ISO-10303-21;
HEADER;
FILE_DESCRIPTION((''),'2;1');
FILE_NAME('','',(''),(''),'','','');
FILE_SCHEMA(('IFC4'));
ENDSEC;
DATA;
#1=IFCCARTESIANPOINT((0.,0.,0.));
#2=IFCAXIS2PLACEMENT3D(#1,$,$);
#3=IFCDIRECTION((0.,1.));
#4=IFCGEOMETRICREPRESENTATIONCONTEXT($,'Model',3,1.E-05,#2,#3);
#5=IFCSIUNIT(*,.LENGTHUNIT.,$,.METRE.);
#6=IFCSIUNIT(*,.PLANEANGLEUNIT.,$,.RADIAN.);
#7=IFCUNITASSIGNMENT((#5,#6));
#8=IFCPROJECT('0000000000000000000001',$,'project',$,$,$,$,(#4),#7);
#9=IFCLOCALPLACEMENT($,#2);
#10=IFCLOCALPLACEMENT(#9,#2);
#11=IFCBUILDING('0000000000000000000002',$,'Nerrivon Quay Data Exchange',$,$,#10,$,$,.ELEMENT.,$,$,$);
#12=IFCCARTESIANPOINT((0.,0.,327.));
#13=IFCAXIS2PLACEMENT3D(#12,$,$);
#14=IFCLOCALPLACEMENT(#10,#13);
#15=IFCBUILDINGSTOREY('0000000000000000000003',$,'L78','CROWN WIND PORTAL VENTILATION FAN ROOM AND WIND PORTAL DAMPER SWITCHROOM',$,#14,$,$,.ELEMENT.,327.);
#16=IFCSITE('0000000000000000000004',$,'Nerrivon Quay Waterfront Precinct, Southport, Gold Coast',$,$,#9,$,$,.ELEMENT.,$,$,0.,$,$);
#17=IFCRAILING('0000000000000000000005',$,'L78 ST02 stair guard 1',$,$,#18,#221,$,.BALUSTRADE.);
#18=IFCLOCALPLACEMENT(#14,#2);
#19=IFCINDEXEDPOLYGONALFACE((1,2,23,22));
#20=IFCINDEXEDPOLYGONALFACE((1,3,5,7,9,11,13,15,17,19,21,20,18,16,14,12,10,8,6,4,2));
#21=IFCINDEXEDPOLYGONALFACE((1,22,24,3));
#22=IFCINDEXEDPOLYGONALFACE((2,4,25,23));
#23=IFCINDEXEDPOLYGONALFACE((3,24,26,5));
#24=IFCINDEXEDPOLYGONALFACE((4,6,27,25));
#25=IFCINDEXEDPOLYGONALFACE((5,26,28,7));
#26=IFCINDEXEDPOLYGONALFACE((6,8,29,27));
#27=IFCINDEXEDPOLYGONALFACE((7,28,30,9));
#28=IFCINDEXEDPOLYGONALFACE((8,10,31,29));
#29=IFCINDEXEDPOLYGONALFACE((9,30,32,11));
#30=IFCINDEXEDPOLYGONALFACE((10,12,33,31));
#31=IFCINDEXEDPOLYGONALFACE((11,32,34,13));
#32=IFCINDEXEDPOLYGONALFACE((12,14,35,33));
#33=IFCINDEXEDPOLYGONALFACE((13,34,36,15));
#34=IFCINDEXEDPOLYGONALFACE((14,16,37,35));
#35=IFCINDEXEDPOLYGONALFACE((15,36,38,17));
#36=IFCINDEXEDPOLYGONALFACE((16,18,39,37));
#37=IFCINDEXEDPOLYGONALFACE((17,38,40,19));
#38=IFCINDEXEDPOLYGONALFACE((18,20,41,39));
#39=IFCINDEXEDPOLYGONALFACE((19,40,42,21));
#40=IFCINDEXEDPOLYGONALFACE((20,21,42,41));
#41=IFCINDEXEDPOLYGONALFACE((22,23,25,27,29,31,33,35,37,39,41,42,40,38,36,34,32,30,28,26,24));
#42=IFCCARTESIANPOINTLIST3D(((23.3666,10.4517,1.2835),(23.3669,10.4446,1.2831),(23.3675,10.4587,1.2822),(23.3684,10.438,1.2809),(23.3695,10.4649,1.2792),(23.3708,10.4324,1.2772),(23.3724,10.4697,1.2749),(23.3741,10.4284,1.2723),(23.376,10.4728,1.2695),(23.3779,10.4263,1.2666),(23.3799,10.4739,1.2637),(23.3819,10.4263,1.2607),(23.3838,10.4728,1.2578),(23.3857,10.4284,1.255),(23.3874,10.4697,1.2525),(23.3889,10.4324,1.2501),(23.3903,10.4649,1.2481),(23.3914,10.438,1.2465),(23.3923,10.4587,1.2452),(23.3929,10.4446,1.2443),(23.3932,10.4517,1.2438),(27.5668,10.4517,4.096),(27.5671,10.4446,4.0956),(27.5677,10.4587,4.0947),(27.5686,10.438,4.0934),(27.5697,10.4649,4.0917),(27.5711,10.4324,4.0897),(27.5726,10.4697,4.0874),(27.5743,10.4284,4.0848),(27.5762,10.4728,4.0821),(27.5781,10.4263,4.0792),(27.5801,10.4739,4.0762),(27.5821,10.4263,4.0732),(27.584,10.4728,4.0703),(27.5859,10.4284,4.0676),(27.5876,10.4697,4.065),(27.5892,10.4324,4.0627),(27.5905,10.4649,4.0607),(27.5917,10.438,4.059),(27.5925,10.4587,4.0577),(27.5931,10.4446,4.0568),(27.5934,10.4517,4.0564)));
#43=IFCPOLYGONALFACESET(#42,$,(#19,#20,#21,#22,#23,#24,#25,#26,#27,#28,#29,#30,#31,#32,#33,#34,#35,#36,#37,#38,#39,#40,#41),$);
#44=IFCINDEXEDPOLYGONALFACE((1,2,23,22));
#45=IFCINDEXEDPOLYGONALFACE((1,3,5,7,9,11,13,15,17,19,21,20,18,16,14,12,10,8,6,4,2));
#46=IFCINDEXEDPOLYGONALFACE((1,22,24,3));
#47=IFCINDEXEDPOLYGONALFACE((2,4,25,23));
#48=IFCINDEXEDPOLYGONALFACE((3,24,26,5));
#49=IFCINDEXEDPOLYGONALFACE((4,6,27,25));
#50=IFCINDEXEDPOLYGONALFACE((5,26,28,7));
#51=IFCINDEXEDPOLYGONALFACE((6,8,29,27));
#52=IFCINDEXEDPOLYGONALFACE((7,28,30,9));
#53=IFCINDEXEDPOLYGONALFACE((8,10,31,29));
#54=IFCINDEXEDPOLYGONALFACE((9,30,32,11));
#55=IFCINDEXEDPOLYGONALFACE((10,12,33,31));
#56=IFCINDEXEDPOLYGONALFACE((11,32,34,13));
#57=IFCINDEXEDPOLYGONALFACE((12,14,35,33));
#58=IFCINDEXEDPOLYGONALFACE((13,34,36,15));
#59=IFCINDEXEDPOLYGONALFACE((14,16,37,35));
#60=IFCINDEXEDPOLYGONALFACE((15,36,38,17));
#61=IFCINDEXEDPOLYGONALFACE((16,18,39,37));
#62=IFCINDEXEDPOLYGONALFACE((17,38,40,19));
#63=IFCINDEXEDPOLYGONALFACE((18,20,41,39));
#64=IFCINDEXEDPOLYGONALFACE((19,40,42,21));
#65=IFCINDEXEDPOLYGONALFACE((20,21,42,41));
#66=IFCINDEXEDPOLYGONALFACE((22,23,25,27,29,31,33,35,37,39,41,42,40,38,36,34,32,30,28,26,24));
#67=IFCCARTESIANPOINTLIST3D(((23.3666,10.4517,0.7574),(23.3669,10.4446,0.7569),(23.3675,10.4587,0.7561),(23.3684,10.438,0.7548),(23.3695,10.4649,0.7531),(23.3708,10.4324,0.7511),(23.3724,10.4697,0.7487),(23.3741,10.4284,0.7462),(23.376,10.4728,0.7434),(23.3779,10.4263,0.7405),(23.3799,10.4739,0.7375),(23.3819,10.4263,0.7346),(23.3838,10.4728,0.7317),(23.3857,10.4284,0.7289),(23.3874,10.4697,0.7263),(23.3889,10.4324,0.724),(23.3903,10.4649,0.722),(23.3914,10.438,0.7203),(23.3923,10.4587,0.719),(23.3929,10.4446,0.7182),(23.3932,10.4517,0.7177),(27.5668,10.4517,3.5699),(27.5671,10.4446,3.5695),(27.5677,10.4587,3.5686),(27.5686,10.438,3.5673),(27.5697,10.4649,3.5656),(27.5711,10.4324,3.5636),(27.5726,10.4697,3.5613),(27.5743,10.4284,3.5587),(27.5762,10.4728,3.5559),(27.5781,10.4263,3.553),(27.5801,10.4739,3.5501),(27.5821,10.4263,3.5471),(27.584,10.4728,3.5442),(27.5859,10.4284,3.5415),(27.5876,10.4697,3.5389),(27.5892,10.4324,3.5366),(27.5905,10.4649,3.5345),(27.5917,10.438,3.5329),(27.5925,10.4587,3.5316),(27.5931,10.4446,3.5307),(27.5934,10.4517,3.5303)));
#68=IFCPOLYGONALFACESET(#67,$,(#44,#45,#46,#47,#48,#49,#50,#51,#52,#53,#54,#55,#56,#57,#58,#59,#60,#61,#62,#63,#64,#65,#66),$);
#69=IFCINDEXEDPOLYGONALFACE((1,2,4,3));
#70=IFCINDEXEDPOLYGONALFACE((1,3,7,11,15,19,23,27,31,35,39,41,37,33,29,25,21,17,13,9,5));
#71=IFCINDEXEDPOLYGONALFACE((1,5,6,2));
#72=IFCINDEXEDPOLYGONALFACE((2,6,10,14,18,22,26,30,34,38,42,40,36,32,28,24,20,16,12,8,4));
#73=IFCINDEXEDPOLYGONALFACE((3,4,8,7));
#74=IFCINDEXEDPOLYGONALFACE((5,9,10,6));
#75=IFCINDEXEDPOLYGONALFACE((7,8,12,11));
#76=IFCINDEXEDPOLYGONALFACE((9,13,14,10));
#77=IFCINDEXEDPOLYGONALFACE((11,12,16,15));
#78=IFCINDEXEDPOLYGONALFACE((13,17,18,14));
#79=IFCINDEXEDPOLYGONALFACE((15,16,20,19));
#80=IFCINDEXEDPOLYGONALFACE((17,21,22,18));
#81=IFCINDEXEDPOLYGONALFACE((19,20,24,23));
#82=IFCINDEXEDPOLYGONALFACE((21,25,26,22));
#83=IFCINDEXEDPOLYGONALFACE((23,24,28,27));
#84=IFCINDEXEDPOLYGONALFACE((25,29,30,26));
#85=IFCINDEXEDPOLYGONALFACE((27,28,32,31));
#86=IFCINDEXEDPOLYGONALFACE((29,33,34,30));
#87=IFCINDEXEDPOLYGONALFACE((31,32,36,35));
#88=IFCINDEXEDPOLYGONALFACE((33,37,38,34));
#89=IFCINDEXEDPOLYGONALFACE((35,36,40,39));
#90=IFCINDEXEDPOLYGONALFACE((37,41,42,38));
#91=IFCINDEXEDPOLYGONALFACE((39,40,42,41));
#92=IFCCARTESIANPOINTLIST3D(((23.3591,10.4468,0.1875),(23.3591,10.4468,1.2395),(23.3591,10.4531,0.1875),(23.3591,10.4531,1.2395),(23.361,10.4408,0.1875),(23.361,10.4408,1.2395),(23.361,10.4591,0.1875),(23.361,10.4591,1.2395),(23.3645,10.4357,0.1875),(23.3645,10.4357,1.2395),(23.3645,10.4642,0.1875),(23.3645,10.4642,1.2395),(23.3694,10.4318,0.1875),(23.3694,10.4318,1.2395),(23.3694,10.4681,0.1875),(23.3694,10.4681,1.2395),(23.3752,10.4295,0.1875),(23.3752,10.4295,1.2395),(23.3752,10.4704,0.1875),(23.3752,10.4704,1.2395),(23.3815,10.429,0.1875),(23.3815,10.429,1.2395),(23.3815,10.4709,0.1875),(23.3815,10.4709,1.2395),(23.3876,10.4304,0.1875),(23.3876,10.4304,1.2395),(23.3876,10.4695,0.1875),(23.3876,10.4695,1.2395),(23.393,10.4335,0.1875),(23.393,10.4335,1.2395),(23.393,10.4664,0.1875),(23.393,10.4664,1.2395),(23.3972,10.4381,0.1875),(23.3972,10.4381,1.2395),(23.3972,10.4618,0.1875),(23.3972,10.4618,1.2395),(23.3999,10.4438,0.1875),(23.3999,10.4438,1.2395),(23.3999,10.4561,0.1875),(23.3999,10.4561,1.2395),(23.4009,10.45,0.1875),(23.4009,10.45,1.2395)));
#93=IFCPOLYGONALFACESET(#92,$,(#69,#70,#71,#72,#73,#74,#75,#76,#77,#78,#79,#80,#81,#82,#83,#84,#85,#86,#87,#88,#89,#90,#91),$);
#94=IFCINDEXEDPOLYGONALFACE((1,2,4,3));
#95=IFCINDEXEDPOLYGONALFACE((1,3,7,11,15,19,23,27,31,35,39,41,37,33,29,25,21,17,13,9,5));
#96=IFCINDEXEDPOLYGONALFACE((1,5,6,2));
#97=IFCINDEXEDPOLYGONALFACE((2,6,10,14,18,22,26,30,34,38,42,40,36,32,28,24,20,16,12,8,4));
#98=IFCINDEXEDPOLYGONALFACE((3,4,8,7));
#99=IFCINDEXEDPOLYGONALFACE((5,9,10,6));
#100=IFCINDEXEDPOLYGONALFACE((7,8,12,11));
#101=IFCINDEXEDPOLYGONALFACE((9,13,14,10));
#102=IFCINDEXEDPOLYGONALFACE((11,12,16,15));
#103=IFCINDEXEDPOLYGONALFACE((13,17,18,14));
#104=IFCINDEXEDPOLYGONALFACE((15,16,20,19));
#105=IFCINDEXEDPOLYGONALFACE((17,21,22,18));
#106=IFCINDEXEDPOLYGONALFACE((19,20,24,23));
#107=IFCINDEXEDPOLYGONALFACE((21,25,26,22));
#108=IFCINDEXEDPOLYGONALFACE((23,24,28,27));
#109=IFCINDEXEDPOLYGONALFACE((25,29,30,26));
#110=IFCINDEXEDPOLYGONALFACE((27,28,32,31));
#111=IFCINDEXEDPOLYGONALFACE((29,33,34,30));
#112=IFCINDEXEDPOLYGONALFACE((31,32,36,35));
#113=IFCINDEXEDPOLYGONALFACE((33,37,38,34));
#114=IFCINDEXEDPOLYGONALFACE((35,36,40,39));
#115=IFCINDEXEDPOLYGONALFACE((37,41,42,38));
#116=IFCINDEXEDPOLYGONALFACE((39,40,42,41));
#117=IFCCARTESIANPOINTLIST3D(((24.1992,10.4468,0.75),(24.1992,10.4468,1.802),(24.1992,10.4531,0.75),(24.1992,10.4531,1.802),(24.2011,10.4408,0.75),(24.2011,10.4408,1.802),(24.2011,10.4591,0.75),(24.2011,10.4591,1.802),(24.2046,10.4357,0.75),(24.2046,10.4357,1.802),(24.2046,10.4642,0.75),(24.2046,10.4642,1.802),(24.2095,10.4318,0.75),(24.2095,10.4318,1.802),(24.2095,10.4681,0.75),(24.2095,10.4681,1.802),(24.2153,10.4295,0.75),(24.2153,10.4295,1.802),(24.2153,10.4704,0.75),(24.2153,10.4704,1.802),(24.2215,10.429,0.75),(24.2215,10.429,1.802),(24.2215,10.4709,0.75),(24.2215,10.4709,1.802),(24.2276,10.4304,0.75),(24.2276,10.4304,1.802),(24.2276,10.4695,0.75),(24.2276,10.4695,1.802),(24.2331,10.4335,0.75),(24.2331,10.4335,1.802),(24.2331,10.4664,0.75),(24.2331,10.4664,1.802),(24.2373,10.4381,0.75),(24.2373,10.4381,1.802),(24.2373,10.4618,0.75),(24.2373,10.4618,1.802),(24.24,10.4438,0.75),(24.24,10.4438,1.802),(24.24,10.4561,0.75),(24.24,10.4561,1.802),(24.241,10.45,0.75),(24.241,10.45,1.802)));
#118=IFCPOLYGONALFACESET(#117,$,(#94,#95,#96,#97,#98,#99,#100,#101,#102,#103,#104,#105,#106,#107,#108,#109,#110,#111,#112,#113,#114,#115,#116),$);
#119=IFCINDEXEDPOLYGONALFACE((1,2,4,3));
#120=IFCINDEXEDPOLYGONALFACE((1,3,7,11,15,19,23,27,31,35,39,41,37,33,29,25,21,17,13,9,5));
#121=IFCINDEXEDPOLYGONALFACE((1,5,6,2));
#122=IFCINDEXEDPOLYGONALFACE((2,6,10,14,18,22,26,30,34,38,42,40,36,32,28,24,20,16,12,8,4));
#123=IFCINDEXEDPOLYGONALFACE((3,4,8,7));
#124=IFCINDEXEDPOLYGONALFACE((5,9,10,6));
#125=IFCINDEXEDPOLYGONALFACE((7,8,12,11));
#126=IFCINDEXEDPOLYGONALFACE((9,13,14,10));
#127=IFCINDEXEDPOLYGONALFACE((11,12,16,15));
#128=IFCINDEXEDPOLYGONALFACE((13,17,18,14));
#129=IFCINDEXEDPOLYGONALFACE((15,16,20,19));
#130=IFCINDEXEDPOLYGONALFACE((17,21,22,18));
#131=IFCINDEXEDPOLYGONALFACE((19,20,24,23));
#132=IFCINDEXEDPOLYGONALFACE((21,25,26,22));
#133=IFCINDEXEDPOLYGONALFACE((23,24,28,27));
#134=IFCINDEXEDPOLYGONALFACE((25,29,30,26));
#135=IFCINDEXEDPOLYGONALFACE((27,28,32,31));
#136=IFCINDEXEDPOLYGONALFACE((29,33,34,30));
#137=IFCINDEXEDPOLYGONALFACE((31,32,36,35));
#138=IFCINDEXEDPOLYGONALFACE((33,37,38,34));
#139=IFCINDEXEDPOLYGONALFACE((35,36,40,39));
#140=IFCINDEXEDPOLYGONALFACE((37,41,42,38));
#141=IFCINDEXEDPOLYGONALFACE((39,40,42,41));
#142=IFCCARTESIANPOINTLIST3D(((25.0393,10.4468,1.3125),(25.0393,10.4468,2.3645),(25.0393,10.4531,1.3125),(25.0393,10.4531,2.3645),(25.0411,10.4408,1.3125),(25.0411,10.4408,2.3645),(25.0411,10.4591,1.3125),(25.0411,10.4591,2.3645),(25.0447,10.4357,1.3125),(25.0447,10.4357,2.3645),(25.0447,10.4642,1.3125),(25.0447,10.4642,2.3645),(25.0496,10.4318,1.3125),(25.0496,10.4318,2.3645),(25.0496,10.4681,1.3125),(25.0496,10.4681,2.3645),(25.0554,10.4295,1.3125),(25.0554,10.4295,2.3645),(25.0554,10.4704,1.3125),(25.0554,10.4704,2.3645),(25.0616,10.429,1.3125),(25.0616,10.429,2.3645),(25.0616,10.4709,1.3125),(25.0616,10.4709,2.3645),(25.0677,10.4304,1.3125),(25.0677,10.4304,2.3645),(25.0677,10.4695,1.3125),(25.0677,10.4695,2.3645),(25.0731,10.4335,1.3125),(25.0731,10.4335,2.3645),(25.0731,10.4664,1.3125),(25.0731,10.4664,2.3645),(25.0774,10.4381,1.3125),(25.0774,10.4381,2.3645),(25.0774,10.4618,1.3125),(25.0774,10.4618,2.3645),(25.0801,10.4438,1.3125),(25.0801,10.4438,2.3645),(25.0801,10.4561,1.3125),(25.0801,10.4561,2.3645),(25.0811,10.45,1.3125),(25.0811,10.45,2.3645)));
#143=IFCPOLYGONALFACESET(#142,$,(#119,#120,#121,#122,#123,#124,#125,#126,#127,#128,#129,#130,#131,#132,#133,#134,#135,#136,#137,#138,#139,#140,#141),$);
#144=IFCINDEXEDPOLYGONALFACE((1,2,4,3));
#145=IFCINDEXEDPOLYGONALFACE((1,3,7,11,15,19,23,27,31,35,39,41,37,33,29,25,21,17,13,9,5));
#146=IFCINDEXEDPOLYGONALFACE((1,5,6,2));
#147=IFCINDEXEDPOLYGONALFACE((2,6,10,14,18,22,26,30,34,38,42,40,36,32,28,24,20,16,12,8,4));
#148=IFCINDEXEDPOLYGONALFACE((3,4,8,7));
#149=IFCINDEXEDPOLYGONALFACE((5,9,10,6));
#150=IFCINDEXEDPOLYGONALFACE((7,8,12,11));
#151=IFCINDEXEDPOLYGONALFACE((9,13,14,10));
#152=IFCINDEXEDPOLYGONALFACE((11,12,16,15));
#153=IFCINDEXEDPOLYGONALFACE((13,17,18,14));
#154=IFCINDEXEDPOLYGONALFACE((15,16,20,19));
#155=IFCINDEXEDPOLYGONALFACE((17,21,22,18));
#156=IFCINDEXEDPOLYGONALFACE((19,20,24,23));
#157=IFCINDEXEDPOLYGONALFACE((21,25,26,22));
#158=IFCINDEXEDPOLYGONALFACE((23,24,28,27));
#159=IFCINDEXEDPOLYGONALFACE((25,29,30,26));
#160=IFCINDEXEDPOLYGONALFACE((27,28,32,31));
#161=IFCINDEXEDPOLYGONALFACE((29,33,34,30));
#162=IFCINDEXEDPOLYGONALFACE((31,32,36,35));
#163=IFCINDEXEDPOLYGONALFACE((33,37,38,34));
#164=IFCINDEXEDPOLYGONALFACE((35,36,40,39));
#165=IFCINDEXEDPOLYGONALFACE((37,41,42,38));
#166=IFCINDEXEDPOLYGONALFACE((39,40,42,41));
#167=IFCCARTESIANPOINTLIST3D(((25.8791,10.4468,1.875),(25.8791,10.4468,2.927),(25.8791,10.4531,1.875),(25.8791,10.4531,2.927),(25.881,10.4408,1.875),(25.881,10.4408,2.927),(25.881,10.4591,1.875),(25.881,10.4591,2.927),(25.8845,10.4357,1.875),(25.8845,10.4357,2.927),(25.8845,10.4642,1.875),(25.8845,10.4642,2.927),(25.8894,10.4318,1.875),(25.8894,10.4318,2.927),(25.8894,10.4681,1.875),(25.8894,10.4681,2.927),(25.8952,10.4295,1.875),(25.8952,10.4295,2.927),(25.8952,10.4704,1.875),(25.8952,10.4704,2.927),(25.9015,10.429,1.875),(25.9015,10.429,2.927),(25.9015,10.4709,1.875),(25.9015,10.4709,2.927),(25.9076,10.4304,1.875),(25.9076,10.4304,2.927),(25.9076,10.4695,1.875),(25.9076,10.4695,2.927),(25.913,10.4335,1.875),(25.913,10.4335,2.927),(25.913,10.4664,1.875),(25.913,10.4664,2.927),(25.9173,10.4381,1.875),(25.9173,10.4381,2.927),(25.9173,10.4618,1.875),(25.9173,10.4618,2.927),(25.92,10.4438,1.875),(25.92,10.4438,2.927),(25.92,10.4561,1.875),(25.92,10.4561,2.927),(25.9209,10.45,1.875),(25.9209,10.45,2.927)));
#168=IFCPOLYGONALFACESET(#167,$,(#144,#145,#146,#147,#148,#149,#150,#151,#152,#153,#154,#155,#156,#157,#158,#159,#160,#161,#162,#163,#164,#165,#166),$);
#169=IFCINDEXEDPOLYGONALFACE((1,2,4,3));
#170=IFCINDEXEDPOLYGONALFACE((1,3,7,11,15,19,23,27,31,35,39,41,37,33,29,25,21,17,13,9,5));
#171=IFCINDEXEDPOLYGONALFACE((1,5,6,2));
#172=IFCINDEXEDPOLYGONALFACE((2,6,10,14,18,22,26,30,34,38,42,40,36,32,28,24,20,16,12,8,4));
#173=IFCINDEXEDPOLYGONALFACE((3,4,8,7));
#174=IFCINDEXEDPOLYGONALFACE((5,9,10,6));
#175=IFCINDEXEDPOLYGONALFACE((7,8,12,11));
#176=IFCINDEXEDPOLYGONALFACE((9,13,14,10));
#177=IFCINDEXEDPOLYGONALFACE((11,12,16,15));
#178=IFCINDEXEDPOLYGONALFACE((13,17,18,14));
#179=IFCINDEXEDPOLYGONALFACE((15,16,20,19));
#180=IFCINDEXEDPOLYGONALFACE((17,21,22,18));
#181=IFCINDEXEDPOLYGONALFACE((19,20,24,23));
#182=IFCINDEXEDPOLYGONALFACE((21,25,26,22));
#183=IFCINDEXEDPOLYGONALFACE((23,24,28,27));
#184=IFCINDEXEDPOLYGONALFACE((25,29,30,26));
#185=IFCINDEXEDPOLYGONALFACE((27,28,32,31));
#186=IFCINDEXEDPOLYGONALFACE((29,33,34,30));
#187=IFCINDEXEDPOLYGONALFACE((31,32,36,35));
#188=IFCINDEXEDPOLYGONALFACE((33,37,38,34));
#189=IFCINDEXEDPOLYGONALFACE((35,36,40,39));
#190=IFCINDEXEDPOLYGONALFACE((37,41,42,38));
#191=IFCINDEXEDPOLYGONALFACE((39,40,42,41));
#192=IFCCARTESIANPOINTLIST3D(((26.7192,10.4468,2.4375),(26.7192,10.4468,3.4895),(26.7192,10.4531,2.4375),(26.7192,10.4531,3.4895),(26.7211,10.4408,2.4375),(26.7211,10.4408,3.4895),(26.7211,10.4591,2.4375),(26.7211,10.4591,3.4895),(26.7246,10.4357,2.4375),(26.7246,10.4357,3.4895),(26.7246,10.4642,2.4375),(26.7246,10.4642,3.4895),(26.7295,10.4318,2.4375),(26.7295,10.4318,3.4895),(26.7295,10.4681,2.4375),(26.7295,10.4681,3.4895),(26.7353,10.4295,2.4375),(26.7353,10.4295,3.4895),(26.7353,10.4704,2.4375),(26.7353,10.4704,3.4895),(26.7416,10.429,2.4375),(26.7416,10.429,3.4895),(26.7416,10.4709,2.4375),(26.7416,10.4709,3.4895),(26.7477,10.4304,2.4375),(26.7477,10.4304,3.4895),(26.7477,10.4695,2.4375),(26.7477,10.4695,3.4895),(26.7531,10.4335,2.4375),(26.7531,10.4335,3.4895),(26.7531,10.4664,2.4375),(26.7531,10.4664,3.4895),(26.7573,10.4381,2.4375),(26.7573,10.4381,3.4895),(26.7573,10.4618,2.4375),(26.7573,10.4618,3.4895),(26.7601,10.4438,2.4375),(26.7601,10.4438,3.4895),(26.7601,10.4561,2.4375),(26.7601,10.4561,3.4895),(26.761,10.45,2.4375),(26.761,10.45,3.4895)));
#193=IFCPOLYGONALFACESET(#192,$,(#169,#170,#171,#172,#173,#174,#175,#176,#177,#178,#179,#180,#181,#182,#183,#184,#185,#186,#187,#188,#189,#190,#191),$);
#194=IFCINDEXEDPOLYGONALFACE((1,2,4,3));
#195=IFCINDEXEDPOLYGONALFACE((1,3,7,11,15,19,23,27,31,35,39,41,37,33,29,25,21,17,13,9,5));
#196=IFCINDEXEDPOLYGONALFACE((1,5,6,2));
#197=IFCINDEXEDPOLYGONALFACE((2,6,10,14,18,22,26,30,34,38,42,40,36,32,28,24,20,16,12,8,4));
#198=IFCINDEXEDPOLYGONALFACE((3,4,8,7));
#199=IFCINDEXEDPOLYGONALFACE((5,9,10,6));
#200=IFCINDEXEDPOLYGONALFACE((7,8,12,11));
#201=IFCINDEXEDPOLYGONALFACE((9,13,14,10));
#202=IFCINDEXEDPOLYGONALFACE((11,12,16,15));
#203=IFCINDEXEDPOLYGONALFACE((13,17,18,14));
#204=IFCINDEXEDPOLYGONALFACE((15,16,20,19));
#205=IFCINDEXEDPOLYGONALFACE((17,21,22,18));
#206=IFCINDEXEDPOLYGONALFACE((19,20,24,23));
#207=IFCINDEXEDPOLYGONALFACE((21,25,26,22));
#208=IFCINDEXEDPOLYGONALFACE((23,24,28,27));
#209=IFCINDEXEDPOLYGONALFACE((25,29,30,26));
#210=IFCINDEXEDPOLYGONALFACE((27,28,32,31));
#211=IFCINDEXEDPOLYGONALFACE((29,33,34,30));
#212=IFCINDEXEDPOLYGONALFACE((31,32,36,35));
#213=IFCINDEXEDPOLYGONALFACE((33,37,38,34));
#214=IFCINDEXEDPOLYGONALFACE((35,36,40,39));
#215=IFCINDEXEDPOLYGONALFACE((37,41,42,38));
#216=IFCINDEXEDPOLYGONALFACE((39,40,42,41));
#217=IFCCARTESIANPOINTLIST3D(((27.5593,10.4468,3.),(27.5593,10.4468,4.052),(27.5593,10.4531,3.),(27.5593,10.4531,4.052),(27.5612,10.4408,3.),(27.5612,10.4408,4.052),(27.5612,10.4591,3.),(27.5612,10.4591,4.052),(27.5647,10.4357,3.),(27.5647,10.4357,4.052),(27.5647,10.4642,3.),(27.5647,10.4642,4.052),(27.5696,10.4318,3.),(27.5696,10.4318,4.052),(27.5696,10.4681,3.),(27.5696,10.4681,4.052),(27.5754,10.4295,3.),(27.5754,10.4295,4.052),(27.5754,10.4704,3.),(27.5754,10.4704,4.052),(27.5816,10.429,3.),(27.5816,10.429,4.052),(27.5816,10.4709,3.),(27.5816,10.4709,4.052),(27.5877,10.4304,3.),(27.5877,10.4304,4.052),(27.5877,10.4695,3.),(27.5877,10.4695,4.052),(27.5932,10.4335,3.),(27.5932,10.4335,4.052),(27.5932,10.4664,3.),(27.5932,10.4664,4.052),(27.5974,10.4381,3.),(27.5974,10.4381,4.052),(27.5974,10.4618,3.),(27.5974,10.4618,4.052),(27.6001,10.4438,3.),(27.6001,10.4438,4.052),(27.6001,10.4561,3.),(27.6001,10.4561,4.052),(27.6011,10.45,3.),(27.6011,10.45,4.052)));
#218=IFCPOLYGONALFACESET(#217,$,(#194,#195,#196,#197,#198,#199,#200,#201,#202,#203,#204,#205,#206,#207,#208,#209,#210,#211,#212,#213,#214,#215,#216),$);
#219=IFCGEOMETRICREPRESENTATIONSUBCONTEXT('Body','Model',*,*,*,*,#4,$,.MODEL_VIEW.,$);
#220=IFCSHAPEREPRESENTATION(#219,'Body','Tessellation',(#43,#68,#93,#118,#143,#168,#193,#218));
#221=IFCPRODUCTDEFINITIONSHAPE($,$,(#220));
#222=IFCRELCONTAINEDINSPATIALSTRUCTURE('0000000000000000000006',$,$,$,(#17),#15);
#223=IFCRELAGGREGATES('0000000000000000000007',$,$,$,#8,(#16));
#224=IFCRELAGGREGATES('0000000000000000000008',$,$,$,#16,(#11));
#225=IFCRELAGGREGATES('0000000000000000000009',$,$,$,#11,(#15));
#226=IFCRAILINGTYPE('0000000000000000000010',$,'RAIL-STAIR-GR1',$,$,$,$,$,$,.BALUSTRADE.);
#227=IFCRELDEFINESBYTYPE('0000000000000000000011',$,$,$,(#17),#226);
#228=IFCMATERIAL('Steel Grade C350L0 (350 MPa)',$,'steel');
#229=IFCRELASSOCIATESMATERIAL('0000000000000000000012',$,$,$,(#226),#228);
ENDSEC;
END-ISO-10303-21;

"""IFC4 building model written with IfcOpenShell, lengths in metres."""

from ifc_helpers import new_model, si_unit, direction, frame, origin, origin_2d, place, context, subcontext, project, spatial, circle, extrude, material, type_object, element, save


model = new_model("IFC4")

# Units and contexts
model_context = context("Model", 3, precision=1e-05, world=origin(), true_north=direction((0.0, 1.0)))
body_context = subcontext(model_context, "Body", "Model", "MODEL_VIEW")
ifc_project = project(units=[si_unit("LENGTHUNIT", "METRE"), si_unit("PLANEANGLEUNIT", "RADIAN")], contexts=[model_context])

# Site, building, storey
site_placement = place(None, origin())
site = spatial("IfcSite", under=ifc_project, at=site_placement, Name="Nerrivon Quay Waterfront Precinct, Southport, Gold Coast", CompositionType="ELEMENT", RefElevation=0.0)
building_placement = place(site_placement, origin())
building = spatial("IfcBuilding", under=site, at=building_placement, Name="Nerrivon Quay Data Exchange", CompositionType="ELEMENT")
storey_placement = place(building_placement, frame((0.0, 0.0, 327.0)))
storey = spatial("IfcBuildingStorey", under=building, at=storey_placement, Name="L78", Description="CROWN WIND PORTAL VENTILATION FAN ROOM AND WIND PORTAL DAMPER SWITCHROOM", CompositionType="ELEMENT", Elevation=327.0)

# Shared definitions
ifc_material_1 = material(Name="Steel Grade C350L0 (350 MPa)", Category="steel")

# Railing
railing_type_1 = type_object("IfcRailingType", Name="RAIL-STAIR-GR1", PredefinedType="BALUSTRADE", material=ifc_material_1)
railing_1_placement = place(storey_placement, frame((23.3799, 10.45, 0.1875)))
element("IfcRailing", 1, at=railing_1_placement, inside=storey, type_object=railing_type_1, Name="L78 ST02 stair guard 1", PredefinedType="BALUSTRADE", context=body_context, shape_type="SweptSolid", body=[
    extrude(circle(Radius=0.0239, at=origin_2d()), frame((0.0, 0.0, 1.0762), z_axis=(0.830919, 0.0, 0.556393), x_axis=(0.0, 1.0, 0.0)), (0.0, 0.0, 1.0), 5.0549),
    extrude(circle(Radius=0.0239, at=origin_2d()), frame((0.0, 0.0, 0.55), z_axis=(0.830919, 0.0, 0.556393), x_axis=(0.0, 1.0, 0.0)), (0.0, 0.0, 1.0), 5.0549),
    extrude(circle(Radius=0.021, at=origin_2d()), origin(), (0.0, 0.0, 1.0), 1.052),
    extrude(circle(Radius=0.021, at=origin_2d()), frame((0.8401, 0.0, 0.5625)), (0.0, 0.0, 1.0), 1.052),
    extrude(circle(Radius=0.021, at=origin_2d()), frame((1.6802, 0.0, 1.125)), (0.0, 0.0, 1.0), 1.052),
    extrude(circle(Radius=0.021, at=origin_2d()), frame((2.52, 0.0, 1.6875)), (0.0, 0.0, 1.0), 1.052),
    extrude(circle(Radius=0.021, at=origin_2d()), frame((3.3601, 0.0, 2.25)), (0.0, 0.0, 1.0), 1.052),
    extrude(circle(Radius=0.021, at=origin_2d()), frame((4.2002, 0.0, 2.8125)), (0.0, 0.0, 1.0), 1.052),
])

save(model, "model.ifc")
